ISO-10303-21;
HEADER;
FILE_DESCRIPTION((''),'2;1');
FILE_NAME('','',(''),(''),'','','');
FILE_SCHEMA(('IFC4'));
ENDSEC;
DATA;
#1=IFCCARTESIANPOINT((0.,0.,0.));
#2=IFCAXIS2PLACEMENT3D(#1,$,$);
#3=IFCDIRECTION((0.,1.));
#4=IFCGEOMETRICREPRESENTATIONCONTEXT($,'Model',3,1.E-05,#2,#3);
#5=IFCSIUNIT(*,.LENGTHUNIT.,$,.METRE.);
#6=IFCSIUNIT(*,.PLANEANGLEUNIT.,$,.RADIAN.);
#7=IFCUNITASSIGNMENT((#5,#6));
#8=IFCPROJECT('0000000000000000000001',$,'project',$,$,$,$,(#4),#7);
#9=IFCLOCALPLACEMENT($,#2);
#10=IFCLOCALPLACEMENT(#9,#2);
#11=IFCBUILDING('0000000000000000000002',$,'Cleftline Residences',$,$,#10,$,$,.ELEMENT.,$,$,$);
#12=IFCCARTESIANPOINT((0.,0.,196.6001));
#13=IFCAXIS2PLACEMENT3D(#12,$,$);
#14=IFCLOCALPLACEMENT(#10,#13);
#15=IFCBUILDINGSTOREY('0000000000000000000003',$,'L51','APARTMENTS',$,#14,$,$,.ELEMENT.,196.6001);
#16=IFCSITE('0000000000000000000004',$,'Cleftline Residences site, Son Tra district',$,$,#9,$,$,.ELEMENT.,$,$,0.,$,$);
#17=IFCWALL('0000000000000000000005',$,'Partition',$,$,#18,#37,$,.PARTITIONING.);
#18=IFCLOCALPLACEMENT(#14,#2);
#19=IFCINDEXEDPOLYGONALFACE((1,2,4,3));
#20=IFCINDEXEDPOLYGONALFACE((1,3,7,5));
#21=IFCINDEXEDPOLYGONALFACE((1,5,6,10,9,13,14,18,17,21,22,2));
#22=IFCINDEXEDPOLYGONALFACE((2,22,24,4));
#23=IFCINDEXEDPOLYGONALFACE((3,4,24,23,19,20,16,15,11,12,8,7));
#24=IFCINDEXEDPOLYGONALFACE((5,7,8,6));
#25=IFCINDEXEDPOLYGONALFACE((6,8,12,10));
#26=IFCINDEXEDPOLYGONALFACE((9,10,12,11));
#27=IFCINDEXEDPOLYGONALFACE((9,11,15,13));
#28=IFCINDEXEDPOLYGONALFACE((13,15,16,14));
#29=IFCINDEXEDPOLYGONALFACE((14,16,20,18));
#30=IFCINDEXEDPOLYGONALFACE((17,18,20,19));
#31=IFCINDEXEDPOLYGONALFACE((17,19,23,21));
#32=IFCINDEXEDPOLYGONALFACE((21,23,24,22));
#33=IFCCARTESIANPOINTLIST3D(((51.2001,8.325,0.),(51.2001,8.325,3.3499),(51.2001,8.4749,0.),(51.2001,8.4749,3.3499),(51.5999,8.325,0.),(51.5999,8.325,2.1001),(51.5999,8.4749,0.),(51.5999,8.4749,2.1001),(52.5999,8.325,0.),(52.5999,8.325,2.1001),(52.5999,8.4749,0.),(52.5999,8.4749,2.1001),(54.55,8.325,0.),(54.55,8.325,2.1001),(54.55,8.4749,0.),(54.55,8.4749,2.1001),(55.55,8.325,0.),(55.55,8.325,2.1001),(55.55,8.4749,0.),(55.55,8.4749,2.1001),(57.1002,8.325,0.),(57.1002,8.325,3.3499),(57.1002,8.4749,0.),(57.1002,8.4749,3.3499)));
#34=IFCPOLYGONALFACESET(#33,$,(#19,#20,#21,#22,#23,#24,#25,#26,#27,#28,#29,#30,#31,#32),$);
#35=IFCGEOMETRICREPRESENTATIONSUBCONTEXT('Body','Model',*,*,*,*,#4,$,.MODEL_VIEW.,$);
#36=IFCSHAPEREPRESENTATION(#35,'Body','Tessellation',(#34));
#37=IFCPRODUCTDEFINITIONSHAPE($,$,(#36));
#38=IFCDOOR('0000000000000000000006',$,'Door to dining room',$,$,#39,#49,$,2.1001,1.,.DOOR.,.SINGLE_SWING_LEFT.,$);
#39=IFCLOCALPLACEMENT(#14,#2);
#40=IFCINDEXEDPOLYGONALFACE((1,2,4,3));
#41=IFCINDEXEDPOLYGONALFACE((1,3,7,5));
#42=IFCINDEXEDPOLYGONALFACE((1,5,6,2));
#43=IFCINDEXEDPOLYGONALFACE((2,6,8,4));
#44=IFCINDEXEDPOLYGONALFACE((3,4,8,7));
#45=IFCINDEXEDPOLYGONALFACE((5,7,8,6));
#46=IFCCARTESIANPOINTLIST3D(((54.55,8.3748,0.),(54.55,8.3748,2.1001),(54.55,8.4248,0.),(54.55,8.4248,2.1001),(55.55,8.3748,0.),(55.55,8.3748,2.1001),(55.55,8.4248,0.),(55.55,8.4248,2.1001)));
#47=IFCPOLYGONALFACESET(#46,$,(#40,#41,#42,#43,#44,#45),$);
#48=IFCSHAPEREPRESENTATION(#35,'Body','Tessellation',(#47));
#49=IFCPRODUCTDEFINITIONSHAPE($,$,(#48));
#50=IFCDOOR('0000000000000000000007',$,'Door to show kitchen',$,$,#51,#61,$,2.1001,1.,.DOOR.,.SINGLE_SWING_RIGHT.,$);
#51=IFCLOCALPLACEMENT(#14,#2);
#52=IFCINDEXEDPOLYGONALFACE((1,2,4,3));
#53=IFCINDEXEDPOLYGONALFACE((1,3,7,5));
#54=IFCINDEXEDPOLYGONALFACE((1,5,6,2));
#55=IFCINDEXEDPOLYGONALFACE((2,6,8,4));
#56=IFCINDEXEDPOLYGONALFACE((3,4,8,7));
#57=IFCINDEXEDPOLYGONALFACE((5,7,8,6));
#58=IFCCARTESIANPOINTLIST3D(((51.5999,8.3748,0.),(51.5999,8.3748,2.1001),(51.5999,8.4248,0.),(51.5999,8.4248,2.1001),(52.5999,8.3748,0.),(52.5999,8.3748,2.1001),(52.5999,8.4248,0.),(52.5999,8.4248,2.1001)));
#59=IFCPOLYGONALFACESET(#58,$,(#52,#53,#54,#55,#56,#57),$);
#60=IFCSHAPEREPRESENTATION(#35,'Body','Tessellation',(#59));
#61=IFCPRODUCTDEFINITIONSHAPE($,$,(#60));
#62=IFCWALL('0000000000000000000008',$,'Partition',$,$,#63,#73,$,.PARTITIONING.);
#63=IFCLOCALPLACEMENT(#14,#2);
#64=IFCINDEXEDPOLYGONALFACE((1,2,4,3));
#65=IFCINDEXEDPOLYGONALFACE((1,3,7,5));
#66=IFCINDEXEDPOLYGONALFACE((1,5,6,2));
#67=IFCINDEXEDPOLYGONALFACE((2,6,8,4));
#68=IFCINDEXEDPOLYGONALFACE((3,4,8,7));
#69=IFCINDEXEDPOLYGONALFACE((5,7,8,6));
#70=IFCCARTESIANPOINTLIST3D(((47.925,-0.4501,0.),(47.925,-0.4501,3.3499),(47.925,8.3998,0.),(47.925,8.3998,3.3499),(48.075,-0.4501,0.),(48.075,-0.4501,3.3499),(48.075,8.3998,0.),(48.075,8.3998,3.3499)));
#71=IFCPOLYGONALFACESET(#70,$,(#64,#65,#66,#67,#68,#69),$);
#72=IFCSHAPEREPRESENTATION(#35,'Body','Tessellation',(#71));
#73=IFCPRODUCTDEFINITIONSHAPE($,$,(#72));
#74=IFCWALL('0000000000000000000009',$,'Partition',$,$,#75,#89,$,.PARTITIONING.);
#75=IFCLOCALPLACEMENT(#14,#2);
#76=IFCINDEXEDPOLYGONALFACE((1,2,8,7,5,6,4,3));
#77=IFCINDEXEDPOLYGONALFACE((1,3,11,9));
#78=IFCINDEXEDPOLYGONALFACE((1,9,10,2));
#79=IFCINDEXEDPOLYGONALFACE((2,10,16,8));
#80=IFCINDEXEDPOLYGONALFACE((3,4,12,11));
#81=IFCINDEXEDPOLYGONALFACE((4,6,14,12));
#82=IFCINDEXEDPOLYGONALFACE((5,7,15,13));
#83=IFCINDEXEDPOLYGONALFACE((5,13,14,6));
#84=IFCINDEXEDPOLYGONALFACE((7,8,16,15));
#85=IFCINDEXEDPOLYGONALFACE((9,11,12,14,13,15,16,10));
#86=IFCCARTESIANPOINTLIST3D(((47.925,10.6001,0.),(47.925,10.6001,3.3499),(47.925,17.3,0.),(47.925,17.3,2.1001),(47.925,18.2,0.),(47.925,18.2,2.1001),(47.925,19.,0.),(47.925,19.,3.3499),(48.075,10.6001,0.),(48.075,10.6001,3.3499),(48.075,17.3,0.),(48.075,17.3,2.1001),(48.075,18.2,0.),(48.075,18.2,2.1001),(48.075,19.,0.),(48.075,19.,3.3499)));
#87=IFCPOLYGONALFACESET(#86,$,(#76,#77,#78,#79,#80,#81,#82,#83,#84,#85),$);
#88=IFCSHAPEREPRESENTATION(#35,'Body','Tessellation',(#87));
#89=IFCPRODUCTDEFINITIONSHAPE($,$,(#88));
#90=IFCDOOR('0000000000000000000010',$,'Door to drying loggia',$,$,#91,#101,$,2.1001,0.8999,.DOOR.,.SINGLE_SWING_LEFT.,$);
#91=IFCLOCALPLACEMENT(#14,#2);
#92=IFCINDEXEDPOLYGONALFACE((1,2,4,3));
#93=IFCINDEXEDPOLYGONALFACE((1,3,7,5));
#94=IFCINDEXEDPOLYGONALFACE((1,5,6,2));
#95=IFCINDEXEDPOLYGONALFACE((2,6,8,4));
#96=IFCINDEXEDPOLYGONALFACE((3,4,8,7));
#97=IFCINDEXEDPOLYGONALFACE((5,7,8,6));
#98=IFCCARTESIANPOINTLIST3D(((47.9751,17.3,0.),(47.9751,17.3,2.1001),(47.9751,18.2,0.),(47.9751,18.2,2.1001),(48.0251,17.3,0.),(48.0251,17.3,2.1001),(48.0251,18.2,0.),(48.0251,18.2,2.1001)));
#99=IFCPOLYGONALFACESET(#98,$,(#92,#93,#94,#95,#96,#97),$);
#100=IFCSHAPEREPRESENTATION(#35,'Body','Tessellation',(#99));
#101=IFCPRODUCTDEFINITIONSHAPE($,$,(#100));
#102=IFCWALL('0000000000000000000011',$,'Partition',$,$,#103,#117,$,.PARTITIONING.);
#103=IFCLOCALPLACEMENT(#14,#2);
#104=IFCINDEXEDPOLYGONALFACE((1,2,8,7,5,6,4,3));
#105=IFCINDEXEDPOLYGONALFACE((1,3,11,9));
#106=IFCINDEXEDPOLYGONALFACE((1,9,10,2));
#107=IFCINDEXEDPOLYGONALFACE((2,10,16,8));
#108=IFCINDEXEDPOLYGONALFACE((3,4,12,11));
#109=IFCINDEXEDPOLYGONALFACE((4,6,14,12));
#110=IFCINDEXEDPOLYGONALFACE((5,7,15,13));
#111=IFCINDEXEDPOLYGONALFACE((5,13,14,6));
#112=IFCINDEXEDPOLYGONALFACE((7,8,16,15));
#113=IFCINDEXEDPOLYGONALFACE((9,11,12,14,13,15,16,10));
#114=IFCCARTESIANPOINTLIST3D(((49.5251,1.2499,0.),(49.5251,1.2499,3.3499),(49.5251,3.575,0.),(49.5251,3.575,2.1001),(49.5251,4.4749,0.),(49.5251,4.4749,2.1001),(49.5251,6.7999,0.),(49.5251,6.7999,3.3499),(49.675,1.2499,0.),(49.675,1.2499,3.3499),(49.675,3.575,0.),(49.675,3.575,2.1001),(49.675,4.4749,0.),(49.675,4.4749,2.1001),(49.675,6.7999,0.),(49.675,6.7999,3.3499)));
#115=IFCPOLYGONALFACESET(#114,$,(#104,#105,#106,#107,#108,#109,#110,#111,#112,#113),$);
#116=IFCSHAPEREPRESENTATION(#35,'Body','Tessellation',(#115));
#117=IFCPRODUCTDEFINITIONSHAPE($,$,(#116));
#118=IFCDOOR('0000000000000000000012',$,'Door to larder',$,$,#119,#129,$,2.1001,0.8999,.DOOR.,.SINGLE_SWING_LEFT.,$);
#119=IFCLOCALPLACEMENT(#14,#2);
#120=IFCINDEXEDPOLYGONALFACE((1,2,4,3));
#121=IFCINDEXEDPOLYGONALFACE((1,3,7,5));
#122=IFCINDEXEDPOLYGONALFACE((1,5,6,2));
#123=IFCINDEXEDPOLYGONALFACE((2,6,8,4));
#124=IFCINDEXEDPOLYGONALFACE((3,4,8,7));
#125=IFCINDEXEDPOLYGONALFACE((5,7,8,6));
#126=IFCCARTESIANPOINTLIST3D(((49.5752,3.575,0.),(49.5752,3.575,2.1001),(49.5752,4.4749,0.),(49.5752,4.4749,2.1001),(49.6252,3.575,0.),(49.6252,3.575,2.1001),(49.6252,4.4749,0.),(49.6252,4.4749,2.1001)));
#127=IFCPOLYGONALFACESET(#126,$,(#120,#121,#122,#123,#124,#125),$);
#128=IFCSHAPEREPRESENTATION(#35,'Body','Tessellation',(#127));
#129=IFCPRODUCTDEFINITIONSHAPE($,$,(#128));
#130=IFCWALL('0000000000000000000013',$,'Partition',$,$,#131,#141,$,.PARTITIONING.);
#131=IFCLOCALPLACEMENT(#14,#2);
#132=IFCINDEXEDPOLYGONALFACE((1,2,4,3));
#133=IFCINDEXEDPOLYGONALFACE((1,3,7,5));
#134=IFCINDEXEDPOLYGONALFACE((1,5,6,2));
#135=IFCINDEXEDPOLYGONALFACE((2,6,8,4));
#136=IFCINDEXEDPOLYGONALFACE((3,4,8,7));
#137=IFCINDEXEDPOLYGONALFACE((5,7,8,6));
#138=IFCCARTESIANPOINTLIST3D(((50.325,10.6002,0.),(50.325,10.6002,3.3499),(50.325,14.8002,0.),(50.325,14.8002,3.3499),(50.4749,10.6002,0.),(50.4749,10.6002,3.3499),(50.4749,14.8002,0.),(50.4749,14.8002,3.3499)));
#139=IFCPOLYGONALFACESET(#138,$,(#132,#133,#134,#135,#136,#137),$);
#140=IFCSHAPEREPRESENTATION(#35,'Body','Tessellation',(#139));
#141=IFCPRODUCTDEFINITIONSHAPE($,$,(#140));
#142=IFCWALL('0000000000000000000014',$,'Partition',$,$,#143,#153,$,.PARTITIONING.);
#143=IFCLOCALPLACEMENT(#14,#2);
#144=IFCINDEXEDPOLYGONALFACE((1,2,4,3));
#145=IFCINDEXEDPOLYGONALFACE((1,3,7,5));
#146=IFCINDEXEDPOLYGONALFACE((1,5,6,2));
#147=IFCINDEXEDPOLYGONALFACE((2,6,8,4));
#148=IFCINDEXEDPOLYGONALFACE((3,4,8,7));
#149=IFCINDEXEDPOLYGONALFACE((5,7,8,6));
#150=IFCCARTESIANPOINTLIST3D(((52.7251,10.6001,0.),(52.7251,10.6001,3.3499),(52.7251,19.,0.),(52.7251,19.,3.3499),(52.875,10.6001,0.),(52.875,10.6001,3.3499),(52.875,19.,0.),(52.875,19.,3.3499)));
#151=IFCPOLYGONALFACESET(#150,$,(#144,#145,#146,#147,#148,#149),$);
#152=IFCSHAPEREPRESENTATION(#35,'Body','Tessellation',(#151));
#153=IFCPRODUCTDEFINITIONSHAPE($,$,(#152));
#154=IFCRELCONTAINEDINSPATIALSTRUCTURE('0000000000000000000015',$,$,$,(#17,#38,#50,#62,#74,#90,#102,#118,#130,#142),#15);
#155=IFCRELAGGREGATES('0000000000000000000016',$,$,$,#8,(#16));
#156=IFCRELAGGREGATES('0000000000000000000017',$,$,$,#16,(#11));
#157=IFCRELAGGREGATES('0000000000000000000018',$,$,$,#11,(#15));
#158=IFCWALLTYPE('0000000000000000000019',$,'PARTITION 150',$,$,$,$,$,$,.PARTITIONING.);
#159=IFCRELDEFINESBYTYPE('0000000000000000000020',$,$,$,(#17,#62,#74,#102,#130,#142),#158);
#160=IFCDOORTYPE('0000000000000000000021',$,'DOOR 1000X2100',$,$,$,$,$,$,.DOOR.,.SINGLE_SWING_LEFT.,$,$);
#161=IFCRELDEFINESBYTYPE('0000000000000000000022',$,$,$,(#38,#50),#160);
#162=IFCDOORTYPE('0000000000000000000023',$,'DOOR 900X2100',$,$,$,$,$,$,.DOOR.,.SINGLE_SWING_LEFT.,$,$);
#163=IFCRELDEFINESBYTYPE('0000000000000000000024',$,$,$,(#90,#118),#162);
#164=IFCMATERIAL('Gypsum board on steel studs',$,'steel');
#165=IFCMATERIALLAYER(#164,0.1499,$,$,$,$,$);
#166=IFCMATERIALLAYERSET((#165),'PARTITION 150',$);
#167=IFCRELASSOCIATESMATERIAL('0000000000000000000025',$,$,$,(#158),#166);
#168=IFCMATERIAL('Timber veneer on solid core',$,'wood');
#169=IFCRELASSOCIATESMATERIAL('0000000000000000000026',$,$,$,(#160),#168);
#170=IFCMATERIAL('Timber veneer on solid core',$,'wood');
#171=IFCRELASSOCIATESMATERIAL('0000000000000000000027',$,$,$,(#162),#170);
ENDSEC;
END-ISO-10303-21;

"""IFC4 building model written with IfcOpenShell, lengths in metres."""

from ifc_helpers import new_model, si_unit, direction, frame, frame_2d, origin, place, context, subcontext, project, spatial, rectangle, extrude, material, layer, layer_set, type_object, element, fill, save


model = new_model("IFC4")

# Units and contexts
model_context = context("Model", 3, precision=1e-05, world=origin(), true_north=direction((0.0, 1.0)))
body_context = subcontext(model_context, "Body", "Model", "MODEL_VIEW")
ifc_project = project(units=[si_unit("LENGTHUNIT", "METRE"), si_unit("PLANEANGLEUNIT", "RADIAN")], contexts=[model_context])

# Site, building, storey
site_placement = place(None, origin())
site = spatial("IfcSite", under=ifc_project, at=site_placement, Name="Cleftline Residences site, Son Tra district", CompositionType="ELEMENT", RefElevation=0.0)
building_placement = place(site_placement, origin())
building = spatial("IfcBuilding", under=site, at=building_placement, Name="Cleftline Residences", CompositionType="ELEMENT")
storey_placement = place(building_placement, frame((0.0, 0.0, 196.6001)))
storey = spatial("IfcBuildingStorey", under=building, at=storey_placement, Name="L51", Description="APARTMENTS", CompositionType="ELEMENT", Elevation=196.6001)

# Shared definitions
ifc_material_1 = material(Name="Gypsum board on steel studs", Category="steel")
ifc_layer = layer(ifc_material_1, 0.1499)
ifc_layer_set = layer_set([ifc_layer], Name="PARTITION 150")
wall_type = type_object("IfcWallType", Name="PARTITION 150", PredefinedType="PARTITIONING", material=ifc_layer_set)
ifc_material_2 = material(Name="Timber veneer on solid core", Category="wood")
door_type_1 = type_object("IfcDoorType", Name="DOOR 1000X2100", OperationType="SINGLE_SWING_LEFT", PredefinedType="DOOR", material=ifc_material_2)

# Wall, openings, doors
wall_1_placement = place(storey_placement, frame((51.2, 8.3999, 0.0), z_axis=(0.0, 0.0, 1.0), x_axis=(1.0, 0.0, 0.0)))
wall_1 = element("IfcWall", 1, at=wall_1_placement, inside=storey, type_object=wall_type, Name="Partition", PredefinedType="PARTITIONING", context=body_context, shape_type="SweptSolid", body=[
    extrude(rectangle(XDim=5.9001, YDim=0.1499, at=frame_2d((2.9502, 0.0))), origin(), (0.0, 0.0, 1.0), 3.3499),
])
opening_1_placement = place(wall_1_placement, frame((3.3501, 0.0, 0.0)))
opening_1 = element("IfcOpeningElement", 2, at=opening_1_placement, cuts=wall_1, PredefinedType="OPENING", context=body_context, shape_type="SweptSolid", body=[
    extrude(rectangle(XDim=1.0, YDim=2.1001, at=frame_2d((0.5, 1.05))), frame((0.0, 0.085, 0.0), z_axis=(0.0, -1.0, 0.0), x_axis=(1.0, 0.0, 0.0)), (0.0, 0.0, 1.0), 0.1699),
])
opening_2_placement = place(wall_1_placement, frame((0.3999, 0.0, 0.0)))
opening_2 = element("IfcOpeningElement", 3, at=opening_2_placement, cuts=wall_1, PredefinedType="OPENING", context=body_context, shape_type="SweptSolid", body=[
    extrude(rectangle(XDim=1.0, YDim=2.1001, at=frame_2d((0.5, 1.05))), frame((0.0, 0.085, 0.0), z_axis=(0.0, -1.0, 0.0), x_axis=(1.0, 0.0, 0.0)), (0.0, 0.0, 1.0), 0.1699),
])
door_1_placement = place(opening_1_placement, origin())
door_1 = element("IfcDoor", 4, at=door_1_placement, inside=storey, type_object=door_type_1, Name="Door to dining room", OperationType="SINGLE_SWING_LEFT", OverallHeight=2.1001, OverallWidth=1.0, PredefinedType="DOOR", context=body_context, shape_type="SweptSolid", body=[
    extrude(rectangle(XDim=1.0, YDim=2.1001, at=frame_2d((0.5, 1.05))), frame((0.0, 0.0249, 0.0), z_axis=(0.0, -1.0, 0.0), x_axis=(1.0, 0.0, 0.0)), (0.0, 0.0, 1.0), 0.05),
])
fill(opening_1, door_1)
door_2_placement = place(opening_2_placement, origin())
door_2 = element("IfcDoor", 5, at=door_2_placement, inside=storey, type_object=door_type_1, Name="Door to show kitchen", OperationType="SINGLE_SWING_RIGHT", OverallHeight=2.1001, OverallWidth=1.0, PredefinedType="DOOR", context=body_context, shape_type="SweptSolid", body=[
    extrude(rectangle(XDim=1.0, YDim=2.1001, at=frame_2d((0.5, 1.05))), frame((0.0, 0.0249, 0.0), z_axis=(0.0, -1.0, 0.0), x_axis=(1.0, 0.0, 0.0)), (0.0, 0.0, 1.0), 0.05),
])
fill(opening_2, door_2)

# Wall
wall_2_placement = place(storey_placement, frame((48.0, -0.45, 0.0), z_axis=(0.0, 0.0, 1.0), x_axis=(0.0, 1.0, 0.0)))
element("IfcWall", 6, at=wall_2_placement, inside=storey, type_object=wall_type, Name="Partition", PredefinedType="PARTITIONING", context=body_context, shape_type="SweptSolid", body=[
    extrude(rectangle(XDim=8.8499, YDim=0.1499, at=frame_2d((4.4248, 0.0))), origin(), (0.0, 0.0, 1.0), 3.3499),
])

# Walls, openings, doors
wall_3_placement = place(storey_placement, frame((48.0, 10.6001, 0.0), z_axis=(0.0, 0.0, 1.0), x_axis=(0.0, 1.0, 0.0)))
wall_3 = element("IfcWall", 7, at=wall_3_placement, inside=storey, type_object=wall_type, Name="Partition", PredefinedType="PARTITIONING", context=body_context, shape_type="SweptSolid", body=[
    extrude(rectangle(XDim=8.3999, YDim=0.1499, at=frame_2d((4.2, 0.0))), origin(), (0.0, 0.0, 1.0), 3.3499),
])
opening_3_placement = place(wall_3_placement, frame((6.7, 0.0, 0.0)))
opening_3 = element("IfcOpeningElement", 8, at=opening_3_placement, cuts=wall_3, PredefinedType="OPENING", context=body_context, shape_type="SweptSolid", body=[
    extrude(rectangle(XDim=0.8999, YDim=2.1001, at=frame_2d((0.45, 1.05))), frame((0.0, 0.085, 0.0), z_axis=(0.0, -1.0, 0.0), x_axis=(1.0, 0.0, 0.0)), (0.0, 0.0, 1.0), 0.1699),
])
ifc_material_3 = material(Name="Timber veneer on solid core", Category="wood")
door_type_2 = type_object("IfcDoorType", Name="DOOR 900X2100", OperationType="SINGLE_SWING_LEFT", PredefinedType="DOOR", material=ifc_material_3)
door_3_placement = place(opening_3_placement, origin())
door_3 = element("IfcDoor", 9, at=door_3_placement, inside=storey, type_object=door_type_2, Name="Door to drying loggia", OperationType="SINGLE_SWING_LEFT", OverallHeight=2.1001, OverallWidth=0.8999, PredefinedType="DOOR", context=body_context, shape_type="SweptSolid", body=[
    extrude(rectangle(XDim=0.8999, YDim=2.1001, at=frame_2d((0.45, 1.05))), frame((0.0, 0.0249, 0.0), z_axis=(0.0, -1.0, 0.0), x_axis=(1.0, 0.0, 0.0)), (0.0, 0.0, 1.0), 0.05),
])
fill(opening_3, door_3)
wall_4_placement = place(storey_placement, frame((49.6001, 1.25, 0.0), z_axis=(0.0, 0.0, 1.0), x_axis=(0.0, 1.0, 0.0)))
wall_4 = element("IfcWall", 10, at=wall_4_placement, inside=storey, type_object=wall_type, Name="Partition", PredefinedType="PARTITIONING", context=body_context, shape_type="SweptSolid", body=[
    extrude(rectangle(XDim=5.55, YDim=0.1499, at=frame_2d((2.7749, 0.0))), origin(), (0.0, 0.0, 1.0), 3.3499),
])
opening_4_placement = place(wall_4_placement, frame((2.325, 0.0, 0.0)))
opening_4 = element("IfcOpeningElement", 11, at=opening_4_placement, cuts=wall_4, PredefinedType="OPENING", context=body_context, shape_type="SweptSolid", body=[
    extrude(rectangle(XDim=0.8999, YDim=2.1001, at=frame_2d((0.45, 1.05))), frame((0.0, 0.085, 0.0), z_axis=(0.0, -1.0, 0.0), x_axis=(1.0, 0.0, 0.0)), (0.0, 0.0, 1.0), 0.1699),
])
door_4_placement = place(opening_4_placement, origin())
door_4 = element("IfcDoor", 12, at=door_4_placement, inside=storey, type_object=door_type_2, Name="Door to larder", OperationType="SINGLE_SWING_LEFT", OverallHeight=2.1001, OverallWidth=0.8999, PredefinedType="DOOR", context=body_context, shape_type="SweptSolid", body=[
    extrude(rectangle(XDim=0.8999, YDim=2.1001, at=frame_2d((0.45, 1.05))), frame((0.0, 0.0249, 0.0), z_axis=(0.0, -1.0, 0.0), x_axis=(1.0, 0.0, 0.0)), (0.0, 0.0, 1.0), 0.05),
])
fill(opening_4, door_4)

# Walls
wall_5_placement = place(storey_placement, frame((50.3999, 10.6001, 0.0), z_axis=(0.0, 0.0, 1.0), x_axis=(0.0, 1.0, 0.0)))
element("IfcWall", 13, at=wall_5_placement, inside=storey, type_object=wall_type, Name="Partition", PredefinedType="PARTITIONING", context=body_context, shape_type="SweptSolid", body=[
    extrude(rectangle(XDim=4.2, YDim=0.1499, at=frame_2d((2.1001, 0.0))), origin(), (0.0, 0.0, 1.0), 3.3499),
])
wall_6_placement = place(storey_placement, frame((52.8, 10.6001, 0.0), z_axis=(0.0, 0.0, 1.0), x_axis=(0.0, 1.0, 0.0)))
element("IfcWall", 14, at=wall_6_placement, inside=storey, type_object=wall_type, Name="Partition", PredefinedType="PARTITIONING", context=body_context, shape_type="SweptSolid", body=[
    extrude(rectangle(XDim=8.3999, YDim=0.1499, at=frame_2d((4.2, 0.0))), origin(), (0.0, 0.0, 1.0), 3.3499),
])

save(model, "model.ifc")
